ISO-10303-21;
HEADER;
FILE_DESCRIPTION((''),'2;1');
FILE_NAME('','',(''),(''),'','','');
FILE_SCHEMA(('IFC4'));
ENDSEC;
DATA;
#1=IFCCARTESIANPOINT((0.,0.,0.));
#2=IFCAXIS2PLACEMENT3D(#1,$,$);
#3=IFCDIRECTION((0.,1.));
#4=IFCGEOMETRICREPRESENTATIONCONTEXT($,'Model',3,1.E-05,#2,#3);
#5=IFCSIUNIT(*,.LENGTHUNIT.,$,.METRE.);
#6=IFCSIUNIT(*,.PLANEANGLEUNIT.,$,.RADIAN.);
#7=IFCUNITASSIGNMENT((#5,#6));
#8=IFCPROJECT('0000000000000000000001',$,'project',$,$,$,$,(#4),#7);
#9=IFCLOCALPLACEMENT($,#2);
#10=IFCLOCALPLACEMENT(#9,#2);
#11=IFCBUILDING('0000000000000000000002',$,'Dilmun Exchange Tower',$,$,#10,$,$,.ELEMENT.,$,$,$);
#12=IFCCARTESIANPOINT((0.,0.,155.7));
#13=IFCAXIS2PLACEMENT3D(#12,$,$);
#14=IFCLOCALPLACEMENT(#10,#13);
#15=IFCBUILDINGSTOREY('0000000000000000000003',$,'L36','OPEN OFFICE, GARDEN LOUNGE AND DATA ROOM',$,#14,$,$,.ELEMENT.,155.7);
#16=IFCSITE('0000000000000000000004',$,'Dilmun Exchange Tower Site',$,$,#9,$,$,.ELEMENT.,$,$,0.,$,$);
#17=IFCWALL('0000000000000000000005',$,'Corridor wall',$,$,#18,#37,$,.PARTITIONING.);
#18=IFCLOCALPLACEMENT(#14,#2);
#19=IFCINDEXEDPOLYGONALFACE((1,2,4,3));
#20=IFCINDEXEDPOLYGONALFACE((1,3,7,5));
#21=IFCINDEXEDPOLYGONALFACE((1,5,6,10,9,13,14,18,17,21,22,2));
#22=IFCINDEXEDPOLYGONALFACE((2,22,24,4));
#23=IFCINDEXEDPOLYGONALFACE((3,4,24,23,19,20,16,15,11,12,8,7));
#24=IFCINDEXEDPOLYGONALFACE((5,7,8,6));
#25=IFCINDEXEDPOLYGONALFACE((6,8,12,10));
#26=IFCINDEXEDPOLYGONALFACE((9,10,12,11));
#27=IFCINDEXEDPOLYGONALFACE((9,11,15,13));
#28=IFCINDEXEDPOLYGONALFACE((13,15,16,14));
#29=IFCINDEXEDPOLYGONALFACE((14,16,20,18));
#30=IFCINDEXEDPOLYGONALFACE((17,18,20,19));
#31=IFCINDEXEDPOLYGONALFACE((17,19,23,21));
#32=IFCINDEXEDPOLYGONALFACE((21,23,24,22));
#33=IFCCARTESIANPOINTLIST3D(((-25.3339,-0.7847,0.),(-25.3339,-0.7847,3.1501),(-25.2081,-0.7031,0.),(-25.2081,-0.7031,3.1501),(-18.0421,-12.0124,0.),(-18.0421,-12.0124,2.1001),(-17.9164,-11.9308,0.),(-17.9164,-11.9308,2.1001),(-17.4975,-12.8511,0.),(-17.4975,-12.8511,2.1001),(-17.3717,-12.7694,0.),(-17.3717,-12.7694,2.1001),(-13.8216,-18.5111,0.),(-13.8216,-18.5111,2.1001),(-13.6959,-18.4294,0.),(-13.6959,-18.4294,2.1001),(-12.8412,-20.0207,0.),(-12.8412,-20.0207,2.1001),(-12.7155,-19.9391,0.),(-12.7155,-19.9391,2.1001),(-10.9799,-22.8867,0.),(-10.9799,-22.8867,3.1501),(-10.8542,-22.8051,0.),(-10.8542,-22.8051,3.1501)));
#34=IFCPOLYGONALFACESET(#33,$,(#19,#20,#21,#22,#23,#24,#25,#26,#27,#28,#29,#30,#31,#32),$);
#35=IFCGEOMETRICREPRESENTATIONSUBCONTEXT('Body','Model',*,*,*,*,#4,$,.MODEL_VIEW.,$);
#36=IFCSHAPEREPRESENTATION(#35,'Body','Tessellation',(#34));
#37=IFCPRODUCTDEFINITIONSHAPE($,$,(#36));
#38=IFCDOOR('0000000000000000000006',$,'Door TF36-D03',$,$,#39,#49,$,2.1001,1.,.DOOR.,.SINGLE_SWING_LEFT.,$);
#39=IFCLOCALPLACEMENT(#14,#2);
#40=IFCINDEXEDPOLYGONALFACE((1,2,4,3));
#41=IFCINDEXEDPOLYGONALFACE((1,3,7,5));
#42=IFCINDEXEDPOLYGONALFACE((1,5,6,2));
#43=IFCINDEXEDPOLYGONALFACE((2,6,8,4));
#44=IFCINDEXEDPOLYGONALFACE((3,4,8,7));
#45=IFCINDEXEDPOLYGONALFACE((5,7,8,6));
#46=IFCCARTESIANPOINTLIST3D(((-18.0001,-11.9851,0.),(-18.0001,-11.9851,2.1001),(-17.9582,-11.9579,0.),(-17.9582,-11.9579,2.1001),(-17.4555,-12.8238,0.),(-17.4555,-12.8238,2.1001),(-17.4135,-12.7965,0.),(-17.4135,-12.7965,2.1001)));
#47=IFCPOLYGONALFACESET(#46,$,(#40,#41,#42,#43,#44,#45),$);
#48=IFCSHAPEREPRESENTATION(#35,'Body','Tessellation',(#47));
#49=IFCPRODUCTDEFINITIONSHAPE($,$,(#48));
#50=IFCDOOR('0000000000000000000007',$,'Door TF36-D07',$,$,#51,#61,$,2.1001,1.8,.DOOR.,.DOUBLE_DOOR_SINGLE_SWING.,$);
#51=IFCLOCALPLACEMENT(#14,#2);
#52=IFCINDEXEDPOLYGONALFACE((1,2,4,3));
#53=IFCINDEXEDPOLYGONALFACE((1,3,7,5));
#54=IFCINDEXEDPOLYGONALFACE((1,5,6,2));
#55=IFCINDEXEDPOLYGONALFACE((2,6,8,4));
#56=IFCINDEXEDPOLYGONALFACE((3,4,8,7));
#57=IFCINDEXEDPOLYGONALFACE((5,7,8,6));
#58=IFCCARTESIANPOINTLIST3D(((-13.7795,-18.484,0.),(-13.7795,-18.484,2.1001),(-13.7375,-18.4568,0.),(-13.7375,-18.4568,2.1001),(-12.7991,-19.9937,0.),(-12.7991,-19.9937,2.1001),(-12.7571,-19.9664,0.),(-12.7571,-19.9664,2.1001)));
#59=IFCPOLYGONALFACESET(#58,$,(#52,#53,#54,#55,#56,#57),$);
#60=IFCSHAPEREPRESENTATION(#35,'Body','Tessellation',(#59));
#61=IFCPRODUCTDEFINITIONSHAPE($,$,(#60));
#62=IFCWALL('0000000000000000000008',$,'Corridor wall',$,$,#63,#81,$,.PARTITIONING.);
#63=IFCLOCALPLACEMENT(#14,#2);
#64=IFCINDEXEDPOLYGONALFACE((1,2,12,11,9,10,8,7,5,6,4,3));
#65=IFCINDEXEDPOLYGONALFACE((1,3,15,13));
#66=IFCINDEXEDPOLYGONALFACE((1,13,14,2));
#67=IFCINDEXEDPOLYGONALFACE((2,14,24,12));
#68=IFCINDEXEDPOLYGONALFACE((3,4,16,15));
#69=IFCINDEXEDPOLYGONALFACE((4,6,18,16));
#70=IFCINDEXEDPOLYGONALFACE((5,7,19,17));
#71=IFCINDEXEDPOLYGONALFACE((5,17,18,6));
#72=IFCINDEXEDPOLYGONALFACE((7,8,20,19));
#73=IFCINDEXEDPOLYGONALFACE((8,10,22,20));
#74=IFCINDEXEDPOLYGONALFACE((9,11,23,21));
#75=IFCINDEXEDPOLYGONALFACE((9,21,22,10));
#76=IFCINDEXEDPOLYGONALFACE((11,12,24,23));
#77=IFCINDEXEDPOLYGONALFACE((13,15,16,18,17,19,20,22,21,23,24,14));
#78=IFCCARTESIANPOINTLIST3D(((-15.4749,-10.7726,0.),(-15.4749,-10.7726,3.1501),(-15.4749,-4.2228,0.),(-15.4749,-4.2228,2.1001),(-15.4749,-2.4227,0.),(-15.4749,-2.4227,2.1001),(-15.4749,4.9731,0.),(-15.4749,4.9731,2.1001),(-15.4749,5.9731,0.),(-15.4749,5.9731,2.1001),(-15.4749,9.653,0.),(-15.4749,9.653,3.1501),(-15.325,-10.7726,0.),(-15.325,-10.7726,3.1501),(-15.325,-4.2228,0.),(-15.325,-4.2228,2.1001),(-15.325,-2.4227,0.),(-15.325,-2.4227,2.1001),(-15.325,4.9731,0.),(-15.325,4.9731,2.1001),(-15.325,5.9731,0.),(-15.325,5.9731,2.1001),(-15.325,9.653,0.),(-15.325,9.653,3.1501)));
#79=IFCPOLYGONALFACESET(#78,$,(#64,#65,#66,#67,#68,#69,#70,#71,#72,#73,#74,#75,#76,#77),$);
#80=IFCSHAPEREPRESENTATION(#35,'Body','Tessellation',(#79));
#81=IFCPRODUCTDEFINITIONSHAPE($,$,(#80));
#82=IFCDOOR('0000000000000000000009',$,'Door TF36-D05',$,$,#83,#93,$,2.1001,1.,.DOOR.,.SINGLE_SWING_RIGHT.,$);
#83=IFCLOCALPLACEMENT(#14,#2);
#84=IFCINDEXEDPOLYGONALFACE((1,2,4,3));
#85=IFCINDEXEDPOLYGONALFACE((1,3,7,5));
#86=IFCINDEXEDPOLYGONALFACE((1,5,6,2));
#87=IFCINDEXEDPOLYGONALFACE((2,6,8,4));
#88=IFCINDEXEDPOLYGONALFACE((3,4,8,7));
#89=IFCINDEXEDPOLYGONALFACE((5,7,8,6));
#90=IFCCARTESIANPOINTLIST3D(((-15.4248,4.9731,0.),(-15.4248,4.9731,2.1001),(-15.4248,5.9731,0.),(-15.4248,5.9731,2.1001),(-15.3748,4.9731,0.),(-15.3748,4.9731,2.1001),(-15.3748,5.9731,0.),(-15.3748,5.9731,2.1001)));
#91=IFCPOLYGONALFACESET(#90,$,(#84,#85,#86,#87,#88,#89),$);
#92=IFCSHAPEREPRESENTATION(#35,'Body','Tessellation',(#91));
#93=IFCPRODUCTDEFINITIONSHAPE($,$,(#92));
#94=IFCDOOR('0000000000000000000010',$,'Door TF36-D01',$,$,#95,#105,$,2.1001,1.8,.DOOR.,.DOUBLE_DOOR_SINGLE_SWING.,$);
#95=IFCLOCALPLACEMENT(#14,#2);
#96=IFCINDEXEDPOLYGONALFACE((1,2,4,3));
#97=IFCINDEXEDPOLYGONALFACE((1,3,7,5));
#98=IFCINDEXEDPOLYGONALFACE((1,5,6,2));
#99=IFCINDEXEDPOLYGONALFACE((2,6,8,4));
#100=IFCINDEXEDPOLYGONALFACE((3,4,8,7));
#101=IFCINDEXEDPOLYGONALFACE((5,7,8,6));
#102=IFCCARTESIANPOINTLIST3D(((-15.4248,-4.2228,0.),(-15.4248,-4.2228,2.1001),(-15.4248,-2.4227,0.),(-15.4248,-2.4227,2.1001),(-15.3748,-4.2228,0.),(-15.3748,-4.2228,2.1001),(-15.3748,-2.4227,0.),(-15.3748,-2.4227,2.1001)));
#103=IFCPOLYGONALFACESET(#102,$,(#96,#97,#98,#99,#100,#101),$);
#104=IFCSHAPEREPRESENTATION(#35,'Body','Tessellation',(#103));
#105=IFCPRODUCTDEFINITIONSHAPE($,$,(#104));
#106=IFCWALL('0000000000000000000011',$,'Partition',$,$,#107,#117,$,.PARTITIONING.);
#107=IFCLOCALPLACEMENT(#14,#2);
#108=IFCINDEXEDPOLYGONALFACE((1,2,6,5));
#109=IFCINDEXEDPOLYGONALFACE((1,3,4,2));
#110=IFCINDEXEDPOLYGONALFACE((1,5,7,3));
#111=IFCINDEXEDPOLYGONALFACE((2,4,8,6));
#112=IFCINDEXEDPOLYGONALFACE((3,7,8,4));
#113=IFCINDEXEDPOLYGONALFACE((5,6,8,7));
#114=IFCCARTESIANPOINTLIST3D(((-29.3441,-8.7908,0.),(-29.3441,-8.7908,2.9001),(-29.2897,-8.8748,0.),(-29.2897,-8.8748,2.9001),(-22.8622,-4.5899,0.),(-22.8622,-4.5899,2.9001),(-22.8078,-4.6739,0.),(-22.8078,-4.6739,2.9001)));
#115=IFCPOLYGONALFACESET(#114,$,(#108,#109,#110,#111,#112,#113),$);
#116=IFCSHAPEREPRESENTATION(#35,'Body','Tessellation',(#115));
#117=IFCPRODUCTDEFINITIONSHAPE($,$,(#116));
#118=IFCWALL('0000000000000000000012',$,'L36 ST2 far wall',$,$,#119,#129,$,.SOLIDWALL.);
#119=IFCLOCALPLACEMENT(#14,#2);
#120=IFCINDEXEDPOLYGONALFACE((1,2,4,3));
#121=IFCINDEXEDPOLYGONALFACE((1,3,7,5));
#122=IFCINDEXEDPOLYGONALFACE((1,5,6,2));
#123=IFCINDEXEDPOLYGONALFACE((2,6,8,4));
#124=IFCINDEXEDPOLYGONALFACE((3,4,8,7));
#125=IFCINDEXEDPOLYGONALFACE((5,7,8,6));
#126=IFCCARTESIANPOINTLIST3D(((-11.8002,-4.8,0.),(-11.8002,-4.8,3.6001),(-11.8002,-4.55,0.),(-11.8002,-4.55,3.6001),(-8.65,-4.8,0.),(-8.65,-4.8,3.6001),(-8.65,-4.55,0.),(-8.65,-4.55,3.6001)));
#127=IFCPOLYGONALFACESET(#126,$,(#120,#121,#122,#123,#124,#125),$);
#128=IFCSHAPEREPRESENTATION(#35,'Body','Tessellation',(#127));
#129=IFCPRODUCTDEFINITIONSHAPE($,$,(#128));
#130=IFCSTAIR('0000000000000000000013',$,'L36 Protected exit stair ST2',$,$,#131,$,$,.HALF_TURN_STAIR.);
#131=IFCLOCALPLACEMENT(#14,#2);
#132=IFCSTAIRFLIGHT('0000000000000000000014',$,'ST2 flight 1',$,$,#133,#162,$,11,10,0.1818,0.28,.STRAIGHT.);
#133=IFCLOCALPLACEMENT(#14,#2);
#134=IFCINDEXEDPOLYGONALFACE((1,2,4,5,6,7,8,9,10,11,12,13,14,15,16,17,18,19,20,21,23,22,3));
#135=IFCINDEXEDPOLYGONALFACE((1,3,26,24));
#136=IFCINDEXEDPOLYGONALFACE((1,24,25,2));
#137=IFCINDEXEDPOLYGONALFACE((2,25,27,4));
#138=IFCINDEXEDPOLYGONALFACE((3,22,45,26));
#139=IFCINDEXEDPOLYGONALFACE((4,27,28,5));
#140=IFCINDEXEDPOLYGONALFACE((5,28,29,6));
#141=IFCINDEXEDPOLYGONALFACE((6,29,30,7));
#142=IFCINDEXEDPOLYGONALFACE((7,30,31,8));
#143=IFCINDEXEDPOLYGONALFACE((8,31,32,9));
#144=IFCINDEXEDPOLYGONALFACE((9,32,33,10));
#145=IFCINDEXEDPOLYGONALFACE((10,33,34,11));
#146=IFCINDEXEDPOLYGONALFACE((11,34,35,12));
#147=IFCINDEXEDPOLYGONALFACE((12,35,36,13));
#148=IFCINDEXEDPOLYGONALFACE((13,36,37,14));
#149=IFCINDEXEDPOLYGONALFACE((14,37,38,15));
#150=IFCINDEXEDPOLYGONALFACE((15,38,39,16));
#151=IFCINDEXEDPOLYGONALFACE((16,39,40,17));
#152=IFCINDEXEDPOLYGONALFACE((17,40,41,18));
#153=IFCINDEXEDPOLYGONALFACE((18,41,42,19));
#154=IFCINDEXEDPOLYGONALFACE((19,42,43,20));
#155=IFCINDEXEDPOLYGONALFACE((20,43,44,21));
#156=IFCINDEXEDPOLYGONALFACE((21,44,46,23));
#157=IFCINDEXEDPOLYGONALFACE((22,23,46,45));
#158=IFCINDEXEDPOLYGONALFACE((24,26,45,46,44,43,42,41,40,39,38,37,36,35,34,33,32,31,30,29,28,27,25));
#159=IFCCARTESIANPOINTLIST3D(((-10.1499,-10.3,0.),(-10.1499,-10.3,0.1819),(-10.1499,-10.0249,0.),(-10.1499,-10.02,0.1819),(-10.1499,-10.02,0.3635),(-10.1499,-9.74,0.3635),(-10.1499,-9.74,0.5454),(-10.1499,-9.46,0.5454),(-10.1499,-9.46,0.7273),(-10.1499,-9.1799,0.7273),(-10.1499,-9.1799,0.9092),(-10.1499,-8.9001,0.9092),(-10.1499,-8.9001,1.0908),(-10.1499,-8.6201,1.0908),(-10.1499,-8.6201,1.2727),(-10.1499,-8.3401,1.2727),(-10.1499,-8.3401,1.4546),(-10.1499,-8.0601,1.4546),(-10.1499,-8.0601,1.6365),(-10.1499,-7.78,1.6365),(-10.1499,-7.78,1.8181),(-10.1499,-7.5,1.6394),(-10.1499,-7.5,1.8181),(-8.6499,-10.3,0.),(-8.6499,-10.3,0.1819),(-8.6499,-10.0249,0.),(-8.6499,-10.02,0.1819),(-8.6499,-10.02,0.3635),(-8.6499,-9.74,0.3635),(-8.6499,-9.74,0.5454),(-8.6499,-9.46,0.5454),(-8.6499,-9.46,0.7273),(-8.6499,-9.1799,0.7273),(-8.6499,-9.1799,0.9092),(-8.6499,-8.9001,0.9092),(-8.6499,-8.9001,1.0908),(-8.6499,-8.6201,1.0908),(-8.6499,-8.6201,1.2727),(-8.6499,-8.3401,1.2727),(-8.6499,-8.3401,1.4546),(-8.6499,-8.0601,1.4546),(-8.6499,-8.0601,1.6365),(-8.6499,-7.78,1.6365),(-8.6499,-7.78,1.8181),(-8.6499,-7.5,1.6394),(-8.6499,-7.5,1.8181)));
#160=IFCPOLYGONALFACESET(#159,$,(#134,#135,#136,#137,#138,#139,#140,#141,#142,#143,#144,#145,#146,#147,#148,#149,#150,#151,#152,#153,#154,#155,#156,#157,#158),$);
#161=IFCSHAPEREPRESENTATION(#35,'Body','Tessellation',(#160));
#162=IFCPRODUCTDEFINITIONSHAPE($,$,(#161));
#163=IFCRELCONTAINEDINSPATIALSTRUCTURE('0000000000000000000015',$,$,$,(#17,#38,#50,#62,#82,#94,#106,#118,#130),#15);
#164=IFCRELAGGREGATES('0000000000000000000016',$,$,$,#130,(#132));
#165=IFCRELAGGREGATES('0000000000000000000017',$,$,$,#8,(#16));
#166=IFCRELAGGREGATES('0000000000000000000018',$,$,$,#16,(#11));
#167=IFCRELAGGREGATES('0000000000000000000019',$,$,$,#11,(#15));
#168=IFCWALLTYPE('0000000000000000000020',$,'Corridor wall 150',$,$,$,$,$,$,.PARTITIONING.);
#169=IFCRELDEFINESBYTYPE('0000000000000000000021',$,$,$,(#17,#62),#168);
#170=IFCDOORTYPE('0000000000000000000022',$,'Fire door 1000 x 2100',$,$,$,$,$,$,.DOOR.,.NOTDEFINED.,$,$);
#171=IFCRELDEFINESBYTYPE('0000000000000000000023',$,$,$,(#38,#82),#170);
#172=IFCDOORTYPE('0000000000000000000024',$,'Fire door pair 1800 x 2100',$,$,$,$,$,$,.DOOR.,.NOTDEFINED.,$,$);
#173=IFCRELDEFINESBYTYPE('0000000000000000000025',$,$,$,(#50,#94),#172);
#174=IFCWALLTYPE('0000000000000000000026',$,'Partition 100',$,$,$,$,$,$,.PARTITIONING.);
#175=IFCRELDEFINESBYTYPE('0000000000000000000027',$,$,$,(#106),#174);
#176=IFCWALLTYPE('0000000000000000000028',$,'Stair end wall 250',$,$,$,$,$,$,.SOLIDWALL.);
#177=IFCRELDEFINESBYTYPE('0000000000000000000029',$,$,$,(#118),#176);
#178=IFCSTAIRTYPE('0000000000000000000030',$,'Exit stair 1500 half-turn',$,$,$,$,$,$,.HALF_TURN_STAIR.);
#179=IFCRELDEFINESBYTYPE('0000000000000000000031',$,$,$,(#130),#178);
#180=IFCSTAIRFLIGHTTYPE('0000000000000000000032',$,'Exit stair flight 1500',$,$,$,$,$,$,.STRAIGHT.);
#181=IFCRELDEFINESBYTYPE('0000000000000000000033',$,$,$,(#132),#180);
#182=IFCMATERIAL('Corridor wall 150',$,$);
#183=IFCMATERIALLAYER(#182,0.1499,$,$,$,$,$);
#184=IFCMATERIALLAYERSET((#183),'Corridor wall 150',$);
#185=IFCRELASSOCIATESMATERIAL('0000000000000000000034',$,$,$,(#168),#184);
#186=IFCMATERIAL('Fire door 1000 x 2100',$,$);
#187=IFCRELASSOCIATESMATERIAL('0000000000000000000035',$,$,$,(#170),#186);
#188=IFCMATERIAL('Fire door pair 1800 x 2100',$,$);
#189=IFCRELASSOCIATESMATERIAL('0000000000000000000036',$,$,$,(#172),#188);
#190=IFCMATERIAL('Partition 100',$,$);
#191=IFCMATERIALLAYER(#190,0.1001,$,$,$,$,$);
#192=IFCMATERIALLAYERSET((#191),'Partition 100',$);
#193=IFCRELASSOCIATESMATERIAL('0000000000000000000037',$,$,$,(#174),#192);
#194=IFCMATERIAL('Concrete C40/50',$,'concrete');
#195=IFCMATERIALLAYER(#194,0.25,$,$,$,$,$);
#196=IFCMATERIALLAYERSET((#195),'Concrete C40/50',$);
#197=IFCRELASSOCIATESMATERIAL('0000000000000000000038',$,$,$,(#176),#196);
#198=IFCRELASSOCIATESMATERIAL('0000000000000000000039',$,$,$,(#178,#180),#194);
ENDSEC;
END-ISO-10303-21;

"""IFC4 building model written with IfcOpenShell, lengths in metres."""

from ifc_helpers import new_model, si_unit, direction, frame, frame_2d, origin, place, context, subcontext, project, spatial, polyline, rectangle, outline, extrude, material, layer, layer_set, type_object, element, fill, aggregate, save


model = new_model("IFC4")

# Units and contexts
model_context = context("Model", 3, precision=1e-05, world=origin(), true_north=direction((0.0, 1.0)))
body_context = subcontext(model_context, "Body", "Model", "MODEL_VIEW")
ifc_project = project(units=[si_unit("LENGTHUNIT", "METRE"), si_unit("PLANEANGLEUNIT", "RADIAN")], contexts=[model_context])

# Site, building, storey
site_placement = place(None, origin())
site = spatial("IfcSite", under=ifc_project, at=site_placement, Name="Dilmun Exchange Tower Site", CompositionType="ELEMENT", RefElevation=0.0)
building_placement = place(site_placement, origin())
building = spatial("IfcBuilding", under=site, at=building_placement, Name="Dilmun Exchange Tower", CompositionType="ELEMENT")
storey_placement = place(building_placement, frame((0.0, 0.0, 155.7)))
storey = spatial("IfcBuildingStorey", under=building, at=storey_placement, Name="L36", Description="OPEN OFFICE, GARDEN LOUNGE AND DATA ROOM", CompositionType="ELEMENT", Elevation=155.7)

# Shared definitions
ifc_material_1 = material(Name="Concrete C40/50", Category="concrete")

# Shared definitions
ifc_material_2 = material(Name="Corridor wall 150")
ifc_layer_1 = layer(ifc_material_2, 0.1499)
ifc_layer_set_1 = layer_set([ifc_layer_1], Name="Corridor wall 150")
wall_type_1 = type_object("IfcWallType", Name="Corridor wall 150", PredefinedType="PARTITIONING", material=ifc_layer_set_1)

# Walls, openings, doors
wall_1_placement = place(storey_placement, frame((-25.271, -0.7439, 0.0), z_axis=(0.0, 0.0, 1.0), x_axis=(0.544659, -0.838657, 0.0)))
wall_1 = element("IfcWall", 1, at=wall_1_placement, inside=storey, type_object=wall_type_1, Name="Corridor wall", PredefinedType="PARTITIONING", context=body_context, shape_type="SweptSolid", body=[
    extrude(rectangle(XDim=26.354, YDim=0.1499, at=frame_2d((13.177, 0.0))), origin(), (0.0, 0.0, 1.0), 3.1501),
])
opening_1_placement = place(wall_1_placement, frame((13.3877, 0.0, 0.0)))
opening_1 = element("IfcOpeningElement", 2, at=opening_1_placement, cuts=wall_1, PredefinedType="OPENING", context=body_context, shape_type="SweptSolid", body=[
    extrude(rectangle(XDim=1.0, YDim=2.1001, at=frame_2d((0.5, 1.05))), frame((0.0, 0.085, 0.0), z_axis=(0.0, -1.0, 0.0), x_axis=(1.0, 0.0, 0.0)), (0.0, 0.0, 1.0), 0.1699),
])
opening_2_placement = place(wall_1_placement, frame((21.1367, 0.0, 0.0)))
opening_2 = element("IfcOpeningElement", 3, at=opening_2_placement, cuts=wall_1, PredefinedType="OPENING", context=body_context, shape_type="SweptSolid", body=[
    extrude(rectangle(XDim=1.8, YDim=2.1001, at=frame_2d((0.8999, 1.05))), frame((0.0, 0.085, 0.0), z_axis=(0.0, -1.0, 0.0), x_axis=(1.0, 0.0, 0.0)), (0.0, 0.0, 1.0), 0.1699),
])
ifc_material_3 = material(Name="Fire door 1000 x 2100")
door_type_1 = type_object("IfcDoorType", Name="Fire door 1000 x 2100", OperationType="NOTDEFINED", PredefinedType="DOOR", material=ifc_material_3)
door_1_placement = place(opening_1_placement, frame((1.0, 0.0, 0.0), z_axis=(0.0, 0.0, 1.0), x_axis=(-1.0, 0.0, 0.0)))
door_1 = element("IfcDoor", 4, at=door_1_placement, inside=storey, type_object=door_type_1, Name="Door TF36-D03", OperationType="SINGLE_SWING_LEFT", OverallHeight=2.1001, OverallWidth=1.0, PredefinedType="DOOR", context=body_context, shape_type="SweptSolid", body=[
    extrude(rectangle(XDim=1.0, YDim=2.1001, at=frame_2d((0.5, 1.05))), frame((0.0, 0.0249, 0.0), z_axis=(0.0, -1.0, 0.0), x_axis=(1.0, 0.0, 0.0)), (0.0, 0.0, 1.0), 0.05),
])
fill(opening_1, door_1)
ifc_material_4 = material(Name="Fire door pair 1800 x 2100")
door_type_2 = type_object("IfcDoorType", Name="Fire door pair 1800 x 2100", OperationType="NOTDEFINED", PredefinedType="DOOR", material=ifc_material_4)
door_2_placement = place(opening_2_placement, frame((1.8, 0.0, 0.0), z_axis=(0.0, 0.0, 1.0), x_axis=(-1.0, 0.0, 0.0)))
door_2 = element("IfcDoor", 5, at=door_2_placement, inside=storey, type_object=door_type_2, Name="Door TF36-D07", OperationType="DOUBLE_DOOR_SINGLE_SWING", OverallHeight=2.1001, OverallWidth=1.8, PredefinedType="DOOR", context=body_context, shape_type="SweptSolid", body=[
    extrude(rectangle(XDim=1.8, YDim=2.1001, at=frame_2d((0.8999, 1.05))), frame((0.0, 0.0249, 0.0), z_axis=(0.0, -1.0, 0.0), x_axis=(1.0, 0.0, 0.0)), (0.0, 0.0, 1.0), 0.05),
])
fill(opening_2, door_2)
wall_2_placement = place(storey_placement, frame((-15.3999, -10.7727, 0.0), z_axis=(0.0, 0.0, 1.0), x_axis=(0.0, 1.0, 0.0)))
wall_2 = element("IfcWall", 6, at=wall_2_placement, inside=storey, type_object=wall_type_1, Name="Corridor wall", PredefinedType="PARTITIONING", context=body_context, shape_type="SweptSolid", body=[
    extrude(rectangle(XDim=20.4255, YDim=0.1499, at=frame_2d((10.2129, 0.0))), origin(), (0.0, 0.0, 1.0), 3.1501),
])
opening_3_placement = place(wall_2_placement, frame((6.55, 0.0, 0.0)))
opening_3 = element("IfcOpeningElement", 7, at=opening_3_placement, cuts=wall_2, PredefinedType="OPENING", context=body_context, shape_type="SweptSolid", body=[
    extrude(rectangle(XDim=1.8, YDim=2.1001, at=frame_2d((0.8999, 1.05))), frame((0.0, 0.085, 0.0), z_axis=(0.0, -1.0, 0.0), x_axis=(1.0, 0.0, 0.0)), (0.0, 0.0, 1.0), 0.1699),
])
opening_4_placement = place(wall_2_placement, frame((15.7458, 0.0, 0.0)))
opening_4 = element("IfcOpeningElement", 8, at=opening_4_placement, cuts=wall_2, PredefinedType="OPENING", context=body_context, shape_type="SweptSolid", body=[
    extrude(rectangle(XDim=1.0, YDim=2.1001, at=frame_2d((0.5, 1.05))), frame((0.0, 0.085, 0.0), z_axis=(0.0, -1.0, 0.0), x_axis=(1.0, 0.0, 0.0)), (0.0, 0.0, 1.0), 0.1699),
])
door_3_placement = place(opening_4_placement, origin())
door_3 = element("IfcDoor", 9, at=door_3_placement, inside=storey, type_object=door_type_1, Name="Door TF36-D05", OperationType="SINGLE_SWING_RIGHT", OverallHeight=2.1001, OverallWidth=1.0, PredefinedType="DOOR", context=body_context, shape_type="SweptSolid", body=[
    extrude(rectangle(XDim=1.0, YDim=2.1001, at=frame_2d((0.5, 1.05))), frame((0.0, 0.0249, 0.0), z_axis=(0.0, -1.0, 0.0), x_axis=(1.0, 0.0, 0.0)), (0.0, 0.0, 1.0), 0.05),
])
fill(opening_4, door_3)
door_4_placement = place(opening_3_placement, origin())
door_4 = element("IfcDoor", 10, at=door_4_placement, inside=storey, type_object=door_type_2, Name="Door TF36-D01", OperationType="DOUBLE_DOOR_SINGLE_SWING", OverallHeight=2.1001, OverallWidth=1.8, PredefinedType="DOOR", context=body_context, shape_type="SweptSolid", body=[
    extrude(rectangle(XDim=1.8, YDim=2.1001, at=frame_2d((0.8999, 1.05))), frame((0.0, 0.0249, 0.0), z_axis=(0.0, -1.0, 0.0), x_axis=(1.0, 0.0, 0.0)), (0.0, 0.0, 1.0), 0.05),
])
fill(opening_3, door_4)

# Walls
ifc_material_5 = material(Name="Partition 100")
ifc_layer_2 = layer(ifc_material_5, 0.1001)
ifc_layer_set_2 = layer_set([ifc_layer_2], Name="Partition 100")
wall_type_2 = type_object("IfcWallType", Name="Partition 100", PredefinedType="PARTITIONING", material=ifc_layer_set_2)
wall_3_placement = place(storey_placement, frame((-29.3169, -8.8328, 0.0), z_axis=(0.0, 0.0, 1.0), x_axis=(0.839172, 0.543866, 0.0)))
element("IfcWall", 11, at=wall_3_placement, inside=storey, type_object=wall_type_2, Name="Partition", PredefinedType="PARTITIONING", context=body_context, shape_type="SweptSolid", body=[
    extrude(rectangle(XDim=7.7241, YDim=0.1001, at=frame_2d((3.8621, 0.0))), origin(), (0.0, 0.0, 1.0), 2.9001),
])
ifc_layer_3 = layer(ifc_material_1, 0.25)
ifc_layer_set_3 = layer_set([ifc_layer_3], Name="Concrete C40/50")
wall_type_3 = type_object("IfcWallType", Name="Stair end wall 250", PredefinedType="SOLIDWALL", material=ifc_layer_set_3)
wall_4_placement = place(storey_placement, frame((-8.6499, -4.675, 0.0), z_axis=(0.0, 0.0, 1.0), x_axis=(-1.0, 0.0, 0.0)))
element("IfcWall", 12, at=wall_4_placement, inside=storey, type_object=wall_type_3, Name="L36 ST2 far wall", PredefinedType="SOLIDWALL", context=body_context, shape_type="SweptSolid", body=[
    extrude(rectangle(XDim=3.1501, YDim=0.25, at=frame_2d((1.5752, 0.0))), origin(), (0.0, 0.0, 1.0), 3.6001),
])

# Stair, stair flight
stair_type = type_object("IfcStairType", Name="Exit stair 1500 half-turn", PredefinedType="HALF_TURN_STAIR", material=ifc_material_1)
stair_placement = place(storey_placement, origin())
stair = element("IfcStair", 13, at=stair_placement, inside=storey, type_object=stair_type, Name="L36 Protected exit stair ST2", PredefinedType="HALF_TURN_STAIR")
stair_flight_type = type_object("IfcStairFlightType", Name="Exit stair flight 1500", PredefinedType="STRAIGHT", material=ifc_material_1)
stair_flight_1_placement = place(storey_placement, frame((-9.3999, -10.3, 0.0), z_axis=(0.0, 0.0, 1.0), x_axis=(0.0, 1.0, 0.0)))
stair_flight_1 = element("IfcStairFlight", 14, at=stair_flight_1_placement, type_object=stair_flight_type, Name="ST2 flight 1", NumberOfRisers=11, NumberOfTreads=10, PredefinedType="STRAIGHT", RiserHeight=0.1818, TreadLength=0.28, context=body_context, shape_type="SweptSolid", body=[
    extrude(outline(polyline([(0.0, 0.0), (0.0, 0.1819), (0.28, 0.1819), (0.28, 0.3635), (0.5601, 0.3635), (0.5601, 0.5454), (0.8401, 0.5454), (0.8401, 0.7273), (1.1201, 0.7273), (1.1201, 0.9092), (1.3999, 0.9092), (1.3999, 1.0908), (1.6799, 1.0908), (1.6799, 1.2727), (1.96, 1.2727), (1.96, 1.4546), (2.24, 1.4546), (2.24, 1.6365), (2.52, 1.6365), (2.52, 1.8181), (2.8, 1.8181), (2.8, 2.0), (2.8, 1.6394), (0.2751, 0.0), (0.0, 0.0)])), frame((0.0, 0.75, 0.0), z_axis=(0.0, -1.0, 0.0), x_axis=(1.0, 0.0, 0.0)), (0.0, 0.0, 1.0), 1.5),
])
aggregate(stair, [stair_flight_1])

save(model, "model.ifc")
